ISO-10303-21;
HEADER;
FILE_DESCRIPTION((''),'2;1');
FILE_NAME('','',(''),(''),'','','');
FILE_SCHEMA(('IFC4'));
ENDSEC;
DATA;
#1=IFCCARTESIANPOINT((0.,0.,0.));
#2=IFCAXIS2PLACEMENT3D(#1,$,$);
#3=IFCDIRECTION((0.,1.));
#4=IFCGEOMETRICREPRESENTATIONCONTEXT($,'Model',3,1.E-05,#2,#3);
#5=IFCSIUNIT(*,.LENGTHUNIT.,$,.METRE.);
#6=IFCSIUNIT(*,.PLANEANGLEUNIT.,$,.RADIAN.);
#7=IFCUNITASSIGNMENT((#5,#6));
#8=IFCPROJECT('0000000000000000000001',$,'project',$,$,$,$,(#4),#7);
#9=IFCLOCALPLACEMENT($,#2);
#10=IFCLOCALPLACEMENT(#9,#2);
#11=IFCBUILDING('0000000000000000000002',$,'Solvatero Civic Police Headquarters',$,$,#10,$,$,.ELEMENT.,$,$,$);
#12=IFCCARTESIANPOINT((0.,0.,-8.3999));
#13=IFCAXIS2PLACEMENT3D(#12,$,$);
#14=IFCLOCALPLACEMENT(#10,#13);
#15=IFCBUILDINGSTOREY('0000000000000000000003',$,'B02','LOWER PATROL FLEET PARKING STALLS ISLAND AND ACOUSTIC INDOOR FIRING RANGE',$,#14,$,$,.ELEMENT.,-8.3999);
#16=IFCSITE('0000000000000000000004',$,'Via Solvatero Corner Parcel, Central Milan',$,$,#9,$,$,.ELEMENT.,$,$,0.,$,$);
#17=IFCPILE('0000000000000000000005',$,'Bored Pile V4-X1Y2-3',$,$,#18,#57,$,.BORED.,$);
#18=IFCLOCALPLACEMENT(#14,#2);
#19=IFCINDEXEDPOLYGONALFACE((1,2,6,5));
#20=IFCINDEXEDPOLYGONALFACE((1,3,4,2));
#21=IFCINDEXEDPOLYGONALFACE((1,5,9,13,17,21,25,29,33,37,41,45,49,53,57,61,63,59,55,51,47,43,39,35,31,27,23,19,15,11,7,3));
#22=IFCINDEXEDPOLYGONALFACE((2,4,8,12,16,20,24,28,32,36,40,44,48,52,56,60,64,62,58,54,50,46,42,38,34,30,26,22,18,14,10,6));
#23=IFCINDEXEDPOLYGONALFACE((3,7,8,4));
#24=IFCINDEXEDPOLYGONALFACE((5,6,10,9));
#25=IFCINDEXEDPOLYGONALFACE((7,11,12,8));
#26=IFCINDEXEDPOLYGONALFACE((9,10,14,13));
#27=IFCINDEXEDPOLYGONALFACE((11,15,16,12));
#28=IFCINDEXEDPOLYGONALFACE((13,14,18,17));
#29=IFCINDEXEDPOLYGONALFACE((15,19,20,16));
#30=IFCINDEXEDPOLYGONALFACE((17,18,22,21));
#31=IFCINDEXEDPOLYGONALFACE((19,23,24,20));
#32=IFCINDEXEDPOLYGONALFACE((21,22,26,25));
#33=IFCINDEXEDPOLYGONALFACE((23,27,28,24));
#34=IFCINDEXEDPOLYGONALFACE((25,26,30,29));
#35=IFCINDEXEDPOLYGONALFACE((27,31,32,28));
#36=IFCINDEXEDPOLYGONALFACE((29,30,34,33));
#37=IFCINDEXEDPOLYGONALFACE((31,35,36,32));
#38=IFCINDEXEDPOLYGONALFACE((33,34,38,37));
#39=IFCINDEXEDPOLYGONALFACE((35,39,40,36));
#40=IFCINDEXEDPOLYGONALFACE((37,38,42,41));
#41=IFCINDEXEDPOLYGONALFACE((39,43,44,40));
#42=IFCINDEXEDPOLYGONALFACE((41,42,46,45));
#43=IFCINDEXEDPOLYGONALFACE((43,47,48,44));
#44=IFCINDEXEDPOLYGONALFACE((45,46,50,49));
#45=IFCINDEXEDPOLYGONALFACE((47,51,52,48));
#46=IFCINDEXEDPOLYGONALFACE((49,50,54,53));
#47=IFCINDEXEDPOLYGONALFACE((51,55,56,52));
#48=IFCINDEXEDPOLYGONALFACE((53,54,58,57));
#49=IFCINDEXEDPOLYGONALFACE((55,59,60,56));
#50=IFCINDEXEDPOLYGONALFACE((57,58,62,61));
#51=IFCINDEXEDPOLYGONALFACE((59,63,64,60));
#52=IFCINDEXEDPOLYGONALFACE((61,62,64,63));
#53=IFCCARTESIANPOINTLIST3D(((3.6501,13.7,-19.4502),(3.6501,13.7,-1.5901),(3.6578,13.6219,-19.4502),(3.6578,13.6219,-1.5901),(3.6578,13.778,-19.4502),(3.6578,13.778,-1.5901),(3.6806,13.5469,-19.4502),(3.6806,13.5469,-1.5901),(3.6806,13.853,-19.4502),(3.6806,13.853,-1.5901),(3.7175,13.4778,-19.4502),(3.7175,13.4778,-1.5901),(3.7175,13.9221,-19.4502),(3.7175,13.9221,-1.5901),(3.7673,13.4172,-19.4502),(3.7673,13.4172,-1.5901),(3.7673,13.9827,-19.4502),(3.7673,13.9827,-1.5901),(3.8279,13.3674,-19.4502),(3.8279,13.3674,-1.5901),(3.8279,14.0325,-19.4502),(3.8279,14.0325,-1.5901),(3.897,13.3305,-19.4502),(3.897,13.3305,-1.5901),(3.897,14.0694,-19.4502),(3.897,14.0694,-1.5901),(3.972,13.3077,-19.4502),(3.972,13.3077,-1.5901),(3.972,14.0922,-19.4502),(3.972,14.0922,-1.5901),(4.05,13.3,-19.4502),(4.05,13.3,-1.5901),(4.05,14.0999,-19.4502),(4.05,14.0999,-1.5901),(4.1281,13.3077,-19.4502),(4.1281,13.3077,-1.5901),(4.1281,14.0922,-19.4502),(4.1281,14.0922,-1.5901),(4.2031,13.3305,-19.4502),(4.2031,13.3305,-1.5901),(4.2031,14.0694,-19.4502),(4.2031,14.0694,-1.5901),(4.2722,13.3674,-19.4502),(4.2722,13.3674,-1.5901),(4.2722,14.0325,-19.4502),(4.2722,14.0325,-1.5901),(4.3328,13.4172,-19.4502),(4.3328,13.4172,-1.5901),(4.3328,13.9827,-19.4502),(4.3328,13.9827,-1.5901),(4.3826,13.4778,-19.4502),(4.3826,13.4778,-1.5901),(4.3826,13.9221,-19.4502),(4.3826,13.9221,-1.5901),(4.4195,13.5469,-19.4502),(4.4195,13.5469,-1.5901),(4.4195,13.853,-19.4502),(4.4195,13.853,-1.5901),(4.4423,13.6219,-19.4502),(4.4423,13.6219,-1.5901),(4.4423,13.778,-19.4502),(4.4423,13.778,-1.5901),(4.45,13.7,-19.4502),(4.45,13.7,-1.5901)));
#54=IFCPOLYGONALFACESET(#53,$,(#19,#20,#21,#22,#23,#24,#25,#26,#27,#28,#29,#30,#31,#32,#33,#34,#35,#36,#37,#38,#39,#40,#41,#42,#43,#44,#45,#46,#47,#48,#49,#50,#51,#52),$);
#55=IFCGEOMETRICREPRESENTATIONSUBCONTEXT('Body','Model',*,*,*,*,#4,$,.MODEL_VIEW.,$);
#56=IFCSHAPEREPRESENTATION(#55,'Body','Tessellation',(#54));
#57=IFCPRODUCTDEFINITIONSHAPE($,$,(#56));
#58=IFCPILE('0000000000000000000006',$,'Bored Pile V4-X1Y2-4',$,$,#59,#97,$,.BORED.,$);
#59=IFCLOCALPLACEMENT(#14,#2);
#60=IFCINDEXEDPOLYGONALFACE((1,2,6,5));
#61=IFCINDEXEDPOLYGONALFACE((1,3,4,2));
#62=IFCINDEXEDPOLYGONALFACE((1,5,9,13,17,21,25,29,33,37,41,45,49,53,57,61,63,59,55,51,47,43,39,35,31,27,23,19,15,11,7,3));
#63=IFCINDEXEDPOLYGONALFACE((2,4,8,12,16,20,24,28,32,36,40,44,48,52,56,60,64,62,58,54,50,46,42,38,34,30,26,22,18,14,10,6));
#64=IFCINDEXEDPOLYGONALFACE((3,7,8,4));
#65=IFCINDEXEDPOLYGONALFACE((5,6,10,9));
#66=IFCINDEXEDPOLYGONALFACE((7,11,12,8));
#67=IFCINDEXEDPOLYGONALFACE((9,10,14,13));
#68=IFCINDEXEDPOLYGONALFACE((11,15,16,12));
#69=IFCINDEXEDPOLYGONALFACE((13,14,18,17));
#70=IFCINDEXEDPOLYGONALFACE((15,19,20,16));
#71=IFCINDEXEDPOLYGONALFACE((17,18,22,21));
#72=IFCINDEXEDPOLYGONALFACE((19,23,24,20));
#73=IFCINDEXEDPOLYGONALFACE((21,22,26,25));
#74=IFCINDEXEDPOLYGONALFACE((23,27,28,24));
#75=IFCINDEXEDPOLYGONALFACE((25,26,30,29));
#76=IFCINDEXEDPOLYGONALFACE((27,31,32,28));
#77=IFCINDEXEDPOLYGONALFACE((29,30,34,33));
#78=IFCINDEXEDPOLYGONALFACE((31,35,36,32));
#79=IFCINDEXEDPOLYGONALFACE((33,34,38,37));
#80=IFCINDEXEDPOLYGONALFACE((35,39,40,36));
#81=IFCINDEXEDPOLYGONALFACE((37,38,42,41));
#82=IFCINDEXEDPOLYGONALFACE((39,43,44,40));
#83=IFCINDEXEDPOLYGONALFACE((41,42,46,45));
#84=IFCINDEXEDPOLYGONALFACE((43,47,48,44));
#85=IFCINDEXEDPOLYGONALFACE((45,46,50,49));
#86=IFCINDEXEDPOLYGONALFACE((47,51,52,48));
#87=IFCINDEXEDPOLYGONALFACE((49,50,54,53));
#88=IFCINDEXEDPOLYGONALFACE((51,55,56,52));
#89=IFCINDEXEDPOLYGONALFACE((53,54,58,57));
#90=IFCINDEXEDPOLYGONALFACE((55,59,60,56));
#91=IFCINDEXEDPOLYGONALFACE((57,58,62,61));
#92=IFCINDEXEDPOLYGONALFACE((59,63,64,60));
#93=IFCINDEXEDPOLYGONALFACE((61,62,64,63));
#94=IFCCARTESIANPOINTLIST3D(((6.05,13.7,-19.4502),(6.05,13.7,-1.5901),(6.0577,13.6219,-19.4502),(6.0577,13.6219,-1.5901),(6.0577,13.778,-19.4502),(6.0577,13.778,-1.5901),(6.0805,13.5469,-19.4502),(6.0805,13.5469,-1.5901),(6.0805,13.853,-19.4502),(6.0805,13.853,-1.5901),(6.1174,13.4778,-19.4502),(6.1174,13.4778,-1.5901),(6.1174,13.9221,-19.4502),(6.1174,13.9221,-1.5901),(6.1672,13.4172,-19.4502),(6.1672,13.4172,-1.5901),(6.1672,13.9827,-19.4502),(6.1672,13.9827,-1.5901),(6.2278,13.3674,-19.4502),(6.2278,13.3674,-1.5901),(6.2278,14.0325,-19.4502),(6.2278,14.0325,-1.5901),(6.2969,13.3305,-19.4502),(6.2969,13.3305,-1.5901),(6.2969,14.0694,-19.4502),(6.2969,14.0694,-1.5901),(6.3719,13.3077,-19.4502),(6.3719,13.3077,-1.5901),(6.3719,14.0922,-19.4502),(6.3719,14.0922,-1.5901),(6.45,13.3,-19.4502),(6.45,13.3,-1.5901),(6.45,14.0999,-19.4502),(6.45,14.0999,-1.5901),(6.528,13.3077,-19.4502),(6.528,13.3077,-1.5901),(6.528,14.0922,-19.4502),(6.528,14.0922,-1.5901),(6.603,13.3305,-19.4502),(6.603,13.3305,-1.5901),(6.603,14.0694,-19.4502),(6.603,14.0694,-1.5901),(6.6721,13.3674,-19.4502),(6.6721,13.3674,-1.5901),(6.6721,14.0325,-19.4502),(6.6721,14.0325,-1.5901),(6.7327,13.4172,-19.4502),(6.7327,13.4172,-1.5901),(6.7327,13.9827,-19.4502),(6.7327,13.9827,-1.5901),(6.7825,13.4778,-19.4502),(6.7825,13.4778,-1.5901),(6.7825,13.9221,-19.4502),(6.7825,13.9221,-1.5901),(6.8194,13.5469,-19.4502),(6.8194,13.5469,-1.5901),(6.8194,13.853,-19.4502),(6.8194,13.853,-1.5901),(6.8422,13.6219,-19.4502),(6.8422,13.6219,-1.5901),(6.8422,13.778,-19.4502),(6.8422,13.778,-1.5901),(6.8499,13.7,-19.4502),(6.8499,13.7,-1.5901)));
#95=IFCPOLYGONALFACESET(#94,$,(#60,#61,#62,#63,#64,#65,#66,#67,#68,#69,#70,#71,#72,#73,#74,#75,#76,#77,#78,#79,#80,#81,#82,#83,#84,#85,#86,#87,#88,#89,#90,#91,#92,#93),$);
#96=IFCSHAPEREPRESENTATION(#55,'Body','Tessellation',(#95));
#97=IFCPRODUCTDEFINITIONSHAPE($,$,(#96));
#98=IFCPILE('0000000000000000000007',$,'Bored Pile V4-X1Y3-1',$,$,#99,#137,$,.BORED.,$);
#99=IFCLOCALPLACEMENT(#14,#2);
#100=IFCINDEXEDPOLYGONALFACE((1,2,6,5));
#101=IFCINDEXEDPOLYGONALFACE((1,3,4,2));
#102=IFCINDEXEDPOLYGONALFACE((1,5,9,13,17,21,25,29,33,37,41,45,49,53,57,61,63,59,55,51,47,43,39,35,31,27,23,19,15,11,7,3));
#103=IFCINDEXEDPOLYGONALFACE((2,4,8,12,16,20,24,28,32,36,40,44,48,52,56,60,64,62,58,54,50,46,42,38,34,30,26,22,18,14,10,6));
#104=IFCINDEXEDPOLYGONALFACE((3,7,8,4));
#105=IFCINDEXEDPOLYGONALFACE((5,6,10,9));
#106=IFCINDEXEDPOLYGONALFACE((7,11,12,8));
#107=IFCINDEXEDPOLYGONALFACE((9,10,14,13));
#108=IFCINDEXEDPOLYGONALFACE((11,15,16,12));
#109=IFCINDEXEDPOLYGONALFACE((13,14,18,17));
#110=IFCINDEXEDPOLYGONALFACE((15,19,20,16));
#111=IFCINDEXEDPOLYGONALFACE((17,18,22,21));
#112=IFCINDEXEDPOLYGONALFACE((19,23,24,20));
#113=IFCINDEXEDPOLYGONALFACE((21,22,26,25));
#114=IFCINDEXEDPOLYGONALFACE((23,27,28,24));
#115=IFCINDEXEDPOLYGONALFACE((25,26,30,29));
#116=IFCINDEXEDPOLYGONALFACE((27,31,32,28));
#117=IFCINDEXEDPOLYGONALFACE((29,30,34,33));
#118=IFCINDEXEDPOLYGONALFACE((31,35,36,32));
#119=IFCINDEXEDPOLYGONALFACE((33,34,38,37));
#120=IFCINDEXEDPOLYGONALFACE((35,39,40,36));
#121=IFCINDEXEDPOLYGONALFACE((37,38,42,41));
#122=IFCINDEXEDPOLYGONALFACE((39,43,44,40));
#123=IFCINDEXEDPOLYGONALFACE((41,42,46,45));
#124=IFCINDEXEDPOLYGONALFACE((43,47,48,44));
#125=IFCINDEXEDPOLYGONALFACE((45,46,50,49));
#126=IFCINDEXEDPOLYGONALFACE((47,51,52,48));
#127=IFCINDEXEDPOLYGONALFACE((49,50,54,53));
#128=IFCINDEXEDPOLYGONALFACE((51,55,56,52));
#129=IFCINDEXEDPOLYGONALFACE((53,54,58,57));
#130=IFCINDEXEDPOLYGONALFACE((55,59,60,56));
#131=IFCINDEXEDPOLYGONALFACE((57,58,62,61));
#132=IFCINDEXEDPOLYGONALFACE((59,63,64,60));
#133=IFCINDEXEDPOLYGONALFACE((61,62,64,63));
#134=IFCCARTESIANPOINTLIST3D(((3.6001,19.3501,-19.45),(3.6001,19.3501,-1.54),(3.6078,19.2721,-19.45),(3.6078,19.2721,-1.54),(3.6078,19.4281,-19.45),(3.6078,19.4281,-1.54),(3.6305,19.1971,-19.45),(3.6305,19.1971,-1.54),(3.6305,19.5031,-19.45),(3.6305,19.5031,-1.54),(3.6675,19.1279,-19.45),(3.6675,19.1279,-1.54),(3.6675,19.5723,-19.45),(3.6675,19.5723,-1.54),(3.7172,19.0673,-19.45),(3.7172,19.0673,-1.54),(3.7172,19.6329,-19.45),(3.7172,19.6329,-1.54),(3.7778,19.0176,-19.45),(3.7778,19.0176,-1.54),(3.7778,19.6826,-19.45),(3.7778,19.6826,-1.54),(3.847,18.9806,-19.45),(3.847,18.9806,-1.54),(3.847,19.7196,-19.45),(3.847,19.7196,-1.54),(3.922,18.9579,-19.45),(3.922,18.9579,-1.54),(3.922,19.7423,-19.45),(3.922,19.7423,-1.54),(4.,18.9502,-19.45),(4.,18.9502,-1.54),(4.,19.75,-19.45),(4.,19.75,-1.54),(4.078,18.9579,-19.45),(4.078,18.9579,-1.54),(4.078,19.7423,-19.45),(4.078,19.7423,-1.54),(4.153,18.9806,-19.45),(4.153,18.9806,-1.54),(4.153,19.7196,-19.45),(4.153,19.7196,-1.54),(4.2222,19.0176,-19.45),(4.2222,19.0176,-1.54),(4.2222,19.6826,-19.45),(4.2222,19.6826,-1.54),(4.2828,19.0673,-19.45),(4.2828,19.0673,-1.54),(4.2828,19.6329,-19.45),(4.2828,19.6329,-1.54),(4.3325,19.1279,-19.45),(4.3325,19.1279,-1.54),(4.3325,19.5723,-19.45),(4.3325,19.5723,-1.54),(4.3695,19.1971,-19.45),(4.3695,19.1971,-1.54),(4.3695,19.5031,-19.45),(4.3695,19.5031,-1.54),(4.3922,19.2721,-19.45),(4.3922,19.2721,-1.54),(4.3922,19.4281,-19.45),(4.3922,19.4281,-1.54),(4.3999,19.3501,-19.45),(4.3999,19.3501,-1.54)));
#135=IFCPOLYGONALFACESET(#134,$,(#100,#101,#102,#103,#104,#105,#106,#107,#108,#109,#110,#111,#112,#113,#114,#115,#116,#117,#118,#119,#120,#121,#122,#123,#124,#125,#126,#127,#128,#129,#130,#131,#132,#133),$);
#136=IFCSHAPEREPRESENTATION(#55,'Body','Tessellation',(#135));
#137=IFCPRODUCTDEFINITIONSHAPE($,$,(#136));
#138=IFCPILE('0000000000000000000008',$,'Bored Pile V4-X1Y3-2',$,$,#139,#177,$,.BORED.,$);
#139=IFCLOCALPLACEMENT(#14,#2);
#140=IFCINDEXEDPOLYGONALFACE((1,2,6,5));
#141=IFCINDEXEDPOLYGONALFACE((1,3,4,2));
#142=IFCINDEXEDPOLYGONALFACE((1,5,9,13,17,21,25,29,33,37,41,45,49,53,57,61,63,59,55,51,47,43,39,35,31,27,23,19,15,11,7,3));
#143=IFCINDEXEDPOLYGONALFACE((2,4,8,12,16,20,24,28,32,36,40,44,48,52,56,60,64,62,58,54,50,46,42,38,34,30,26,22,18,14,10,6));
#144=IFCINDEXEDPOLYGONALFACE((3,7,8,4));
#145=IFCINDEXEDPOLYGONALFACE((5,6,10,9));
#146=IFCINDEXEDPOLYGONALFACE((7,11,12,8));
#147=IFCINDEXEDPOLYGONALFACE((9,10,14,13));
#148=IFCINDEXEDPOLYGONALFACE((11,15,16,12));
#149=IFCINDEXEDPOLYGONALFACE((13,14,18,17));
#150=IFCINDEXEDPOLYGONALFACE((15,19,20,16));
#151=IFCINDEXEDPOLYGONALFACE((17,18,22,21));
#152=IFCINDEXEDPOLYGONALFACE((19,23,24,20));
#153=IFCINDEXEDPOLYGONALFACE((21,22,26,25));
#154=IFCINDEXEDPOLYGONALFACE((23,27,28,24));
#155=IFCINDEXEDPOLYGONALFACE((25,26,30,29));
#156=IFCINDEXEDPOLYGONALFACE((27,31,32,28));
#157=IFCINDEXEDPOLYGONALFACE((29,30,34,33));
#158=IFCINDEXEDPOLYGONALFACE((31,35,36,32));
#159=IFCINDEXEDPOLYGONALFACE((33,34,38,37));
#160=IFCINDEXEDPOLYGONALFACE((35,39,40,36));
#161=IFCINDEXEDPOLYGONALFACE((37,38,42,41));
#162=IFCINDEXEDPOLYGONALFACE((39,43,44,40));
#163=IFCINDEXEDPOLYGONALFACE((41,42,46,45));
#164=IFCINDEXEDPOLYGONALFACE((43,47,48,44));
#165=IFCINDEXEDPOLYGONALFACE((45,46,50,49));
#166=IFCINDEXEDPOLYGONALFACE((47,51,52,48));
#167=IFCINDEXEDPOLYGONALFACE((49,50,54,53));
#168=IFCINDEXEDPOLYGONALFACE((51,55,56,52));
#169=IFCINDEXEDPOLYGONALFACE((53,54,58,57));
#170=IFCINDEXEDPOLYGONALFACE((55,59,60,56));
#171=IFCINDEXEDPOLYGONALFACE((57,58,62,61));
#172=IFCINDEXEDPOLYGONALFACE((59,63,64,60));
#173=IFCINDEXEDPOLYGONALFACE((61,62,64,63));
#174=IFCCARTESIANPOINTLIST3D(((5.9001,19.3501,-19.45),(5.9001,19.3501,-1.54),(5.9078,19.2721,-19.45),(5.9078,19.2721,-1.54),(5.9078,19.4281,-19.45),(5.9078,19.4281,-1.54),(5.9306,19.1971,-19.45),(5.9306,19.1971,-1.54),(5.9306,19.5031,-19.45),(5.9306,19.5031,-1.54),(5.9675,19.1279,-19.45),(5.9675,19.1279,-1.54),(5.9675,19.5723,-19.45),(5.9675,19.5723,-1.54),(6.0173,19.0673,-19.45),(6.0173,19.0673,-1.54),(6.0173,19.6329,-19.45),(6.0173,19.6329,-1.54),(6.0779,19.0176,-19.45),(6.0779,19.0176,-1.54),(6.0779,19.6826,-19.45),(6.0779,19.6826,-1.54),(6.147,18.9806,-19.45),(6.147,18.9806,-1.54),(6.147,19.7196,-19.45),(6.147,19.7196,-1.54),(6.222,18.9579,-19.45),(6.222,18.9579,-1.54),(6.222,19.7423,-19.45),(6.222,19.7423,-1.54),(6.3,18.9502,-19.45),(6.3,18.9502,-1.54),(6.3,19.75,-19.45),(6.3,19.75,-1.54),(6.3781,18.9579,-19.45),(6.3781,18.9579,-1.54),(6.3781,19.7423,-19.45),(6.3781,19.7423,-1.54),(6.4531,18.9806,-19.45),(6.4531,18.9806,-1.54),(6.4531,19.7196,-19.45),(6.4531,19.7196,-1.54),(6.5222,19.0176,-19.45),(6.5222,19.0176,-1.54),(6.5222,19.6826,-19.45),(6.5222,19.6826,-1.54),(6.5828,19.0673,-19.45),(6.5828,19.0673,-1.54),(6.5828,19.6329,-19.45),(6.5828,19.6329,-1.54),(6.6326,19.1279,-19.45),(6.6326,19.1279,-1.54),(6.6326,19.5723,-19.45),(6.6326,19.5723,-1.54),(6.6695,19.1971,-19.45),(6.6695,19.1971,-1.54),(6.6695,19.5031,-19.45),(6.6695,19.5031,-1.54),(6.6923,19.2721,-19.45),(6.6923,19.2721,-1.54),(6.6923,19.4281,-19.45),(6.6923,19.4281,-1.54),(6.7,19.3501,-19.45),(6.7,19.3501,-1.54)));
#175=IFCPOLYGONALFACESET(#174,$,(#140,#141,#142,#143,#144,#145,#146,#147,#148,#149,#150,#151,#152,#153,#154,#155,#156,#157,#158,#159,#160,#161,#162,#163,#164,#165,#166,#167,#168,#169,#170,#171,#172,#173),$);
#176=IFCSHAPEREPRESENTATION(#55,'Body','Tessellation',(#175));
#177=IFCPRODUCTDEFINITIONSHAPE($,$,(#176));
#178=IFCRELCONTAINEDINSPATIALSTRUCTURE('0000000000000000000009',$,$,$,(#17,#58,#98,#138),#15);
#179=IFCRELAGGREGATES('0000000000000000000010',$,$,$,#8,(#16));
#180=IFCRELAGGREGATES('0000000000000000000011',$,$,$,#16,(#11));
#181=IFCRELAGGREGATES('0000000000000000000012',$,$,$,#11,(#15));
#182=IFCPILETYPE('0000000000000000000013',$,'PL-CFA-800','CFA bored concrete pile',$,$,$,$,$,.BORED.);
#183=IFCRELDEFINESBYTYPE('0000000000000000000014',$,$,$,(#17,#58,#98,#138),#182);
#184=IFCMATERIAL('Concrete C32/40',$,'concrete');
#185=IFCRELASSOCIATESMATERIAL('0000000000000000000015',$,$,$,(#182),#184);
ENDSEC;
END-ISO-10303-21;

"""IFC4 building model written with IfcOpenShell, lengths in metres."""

from ifc_helpers import new_model, si_unit, direction, frame, origin, origin_2d, place, context, subcontext, project, spatial, circle, extrude, material, material_profile, profile_set, type_object, element, save


model = new_model("IFC4")

# Units and contexts
model_context = context("Model", 3, precision=1e-05, world=origin(), true_north=direction((0.0, 1.0)))
body_context = subcontext(model_context, "Body", "Model", "MODEL_VIEW")
ifc_project = project(units=[si_unit("LENGTHUNIT", "METRE"), si_unit("PLANEANGLEUNIT", "RADIAN")], contexts=[model_context])

# Site, building, storey
site_placement = place(None, origin())
site = spatial("IfcSite", under=ifc_project, at=site_placement, Name="Via Solvatero Corner Parcel, Central Milan", CompositionType="ELEMENT", RefElevation=0.0)
building_placement = place(site_placement, origin())
building = spatial("IfcBuilding", under=site, at=building_placement, Name="Solvatero Civic Police Headquarters", CompositionType="ELEMENT")
storey_placement = place(building_placement, frame((0.0, 0.0, -8.3999)))
storey = spatial("IfcBuildingStorey", under=building, at=storey_placement, Name="B02", Description="LOWER PATROL FLEET PARKING STALLS ISLAND AND ACOUSTIC INDOOR FIRING RANGE", CompositionType="ELEMENT", Elevation=-8.3999)

# Piles
ifc_material_1 = material(Name="Concrete C32/40", Category="concrete")
ifc_material_profile_1 = material_profile(ifc_material_1, circle(Radius=0.3999, at=origin_2d()), Name="CFA PILE D800")
ifc_profile_set_1 = profile_set([ifc_material_profile_1], Name="Concrete C32/40")
pile_type_1 = type_object("IfcPileType", Name="PL-CFA-800", Description="CFA bored concrete pile", PredefinedType="BORED", material=ifc_profile_set_1)
for number, where, z_axis, x_axis, name in (
    (1, (4.05, 13.7, -1.5901), (0.0, 0.0, -1.0), (1.0, 0.0, 0.0), "Bored Pile V4-X1Y2-3"),
    (2, (6.45, 13.7, -1.5901), (0.0, 0.0, -1.0), (1.0, 0.0, 0.0), "Bored Pile V4-X1Y2-4"),
):
    element("IfcPile", number, at=place(storey_placement, frame(where, z_axis=z_axis, x_axis=x_axis)), inside=storey, type_object=pile_type_1, Name=name, PredefinedType="BORED", context=body_context, shape_type="SweptSolid", body=[
        extrude(circle(Radius=0.3999, at=origin_2d()), origin(), (0.0, 0.0, 1.0), 17.8601),
    ])
for number, where, z_axis, x_axis, name in (
    (3, (4.0, 19.3501, -1.54), (0.0, 0.0, -1.0), (1.0, 0.0, 0.0), "Bored Pile V4-X1Y3-1"),
    (4, (6.3, 19.3501, -1.54), (0.0, 0.0, -1.0), (1.0, 0.0, 0.0), "Bored Pile V4-X1Y3-2"),
):
    element("IfcPile", number, at=place(storey_placement, frame(where, z_axis=z_axis, x_axis=x_axis)), inside=storey, type_object=pile_type_1, Name=name, PredefinedType="BORED", context=body_context, shape_type="SweptSolid", body=[
        extrude(circle(Radius=0.3999, at=origin_2d()), origin(), (0.0, 0.0, 1.0), 17.9099),
    ])

save(model, "model.ifc")
